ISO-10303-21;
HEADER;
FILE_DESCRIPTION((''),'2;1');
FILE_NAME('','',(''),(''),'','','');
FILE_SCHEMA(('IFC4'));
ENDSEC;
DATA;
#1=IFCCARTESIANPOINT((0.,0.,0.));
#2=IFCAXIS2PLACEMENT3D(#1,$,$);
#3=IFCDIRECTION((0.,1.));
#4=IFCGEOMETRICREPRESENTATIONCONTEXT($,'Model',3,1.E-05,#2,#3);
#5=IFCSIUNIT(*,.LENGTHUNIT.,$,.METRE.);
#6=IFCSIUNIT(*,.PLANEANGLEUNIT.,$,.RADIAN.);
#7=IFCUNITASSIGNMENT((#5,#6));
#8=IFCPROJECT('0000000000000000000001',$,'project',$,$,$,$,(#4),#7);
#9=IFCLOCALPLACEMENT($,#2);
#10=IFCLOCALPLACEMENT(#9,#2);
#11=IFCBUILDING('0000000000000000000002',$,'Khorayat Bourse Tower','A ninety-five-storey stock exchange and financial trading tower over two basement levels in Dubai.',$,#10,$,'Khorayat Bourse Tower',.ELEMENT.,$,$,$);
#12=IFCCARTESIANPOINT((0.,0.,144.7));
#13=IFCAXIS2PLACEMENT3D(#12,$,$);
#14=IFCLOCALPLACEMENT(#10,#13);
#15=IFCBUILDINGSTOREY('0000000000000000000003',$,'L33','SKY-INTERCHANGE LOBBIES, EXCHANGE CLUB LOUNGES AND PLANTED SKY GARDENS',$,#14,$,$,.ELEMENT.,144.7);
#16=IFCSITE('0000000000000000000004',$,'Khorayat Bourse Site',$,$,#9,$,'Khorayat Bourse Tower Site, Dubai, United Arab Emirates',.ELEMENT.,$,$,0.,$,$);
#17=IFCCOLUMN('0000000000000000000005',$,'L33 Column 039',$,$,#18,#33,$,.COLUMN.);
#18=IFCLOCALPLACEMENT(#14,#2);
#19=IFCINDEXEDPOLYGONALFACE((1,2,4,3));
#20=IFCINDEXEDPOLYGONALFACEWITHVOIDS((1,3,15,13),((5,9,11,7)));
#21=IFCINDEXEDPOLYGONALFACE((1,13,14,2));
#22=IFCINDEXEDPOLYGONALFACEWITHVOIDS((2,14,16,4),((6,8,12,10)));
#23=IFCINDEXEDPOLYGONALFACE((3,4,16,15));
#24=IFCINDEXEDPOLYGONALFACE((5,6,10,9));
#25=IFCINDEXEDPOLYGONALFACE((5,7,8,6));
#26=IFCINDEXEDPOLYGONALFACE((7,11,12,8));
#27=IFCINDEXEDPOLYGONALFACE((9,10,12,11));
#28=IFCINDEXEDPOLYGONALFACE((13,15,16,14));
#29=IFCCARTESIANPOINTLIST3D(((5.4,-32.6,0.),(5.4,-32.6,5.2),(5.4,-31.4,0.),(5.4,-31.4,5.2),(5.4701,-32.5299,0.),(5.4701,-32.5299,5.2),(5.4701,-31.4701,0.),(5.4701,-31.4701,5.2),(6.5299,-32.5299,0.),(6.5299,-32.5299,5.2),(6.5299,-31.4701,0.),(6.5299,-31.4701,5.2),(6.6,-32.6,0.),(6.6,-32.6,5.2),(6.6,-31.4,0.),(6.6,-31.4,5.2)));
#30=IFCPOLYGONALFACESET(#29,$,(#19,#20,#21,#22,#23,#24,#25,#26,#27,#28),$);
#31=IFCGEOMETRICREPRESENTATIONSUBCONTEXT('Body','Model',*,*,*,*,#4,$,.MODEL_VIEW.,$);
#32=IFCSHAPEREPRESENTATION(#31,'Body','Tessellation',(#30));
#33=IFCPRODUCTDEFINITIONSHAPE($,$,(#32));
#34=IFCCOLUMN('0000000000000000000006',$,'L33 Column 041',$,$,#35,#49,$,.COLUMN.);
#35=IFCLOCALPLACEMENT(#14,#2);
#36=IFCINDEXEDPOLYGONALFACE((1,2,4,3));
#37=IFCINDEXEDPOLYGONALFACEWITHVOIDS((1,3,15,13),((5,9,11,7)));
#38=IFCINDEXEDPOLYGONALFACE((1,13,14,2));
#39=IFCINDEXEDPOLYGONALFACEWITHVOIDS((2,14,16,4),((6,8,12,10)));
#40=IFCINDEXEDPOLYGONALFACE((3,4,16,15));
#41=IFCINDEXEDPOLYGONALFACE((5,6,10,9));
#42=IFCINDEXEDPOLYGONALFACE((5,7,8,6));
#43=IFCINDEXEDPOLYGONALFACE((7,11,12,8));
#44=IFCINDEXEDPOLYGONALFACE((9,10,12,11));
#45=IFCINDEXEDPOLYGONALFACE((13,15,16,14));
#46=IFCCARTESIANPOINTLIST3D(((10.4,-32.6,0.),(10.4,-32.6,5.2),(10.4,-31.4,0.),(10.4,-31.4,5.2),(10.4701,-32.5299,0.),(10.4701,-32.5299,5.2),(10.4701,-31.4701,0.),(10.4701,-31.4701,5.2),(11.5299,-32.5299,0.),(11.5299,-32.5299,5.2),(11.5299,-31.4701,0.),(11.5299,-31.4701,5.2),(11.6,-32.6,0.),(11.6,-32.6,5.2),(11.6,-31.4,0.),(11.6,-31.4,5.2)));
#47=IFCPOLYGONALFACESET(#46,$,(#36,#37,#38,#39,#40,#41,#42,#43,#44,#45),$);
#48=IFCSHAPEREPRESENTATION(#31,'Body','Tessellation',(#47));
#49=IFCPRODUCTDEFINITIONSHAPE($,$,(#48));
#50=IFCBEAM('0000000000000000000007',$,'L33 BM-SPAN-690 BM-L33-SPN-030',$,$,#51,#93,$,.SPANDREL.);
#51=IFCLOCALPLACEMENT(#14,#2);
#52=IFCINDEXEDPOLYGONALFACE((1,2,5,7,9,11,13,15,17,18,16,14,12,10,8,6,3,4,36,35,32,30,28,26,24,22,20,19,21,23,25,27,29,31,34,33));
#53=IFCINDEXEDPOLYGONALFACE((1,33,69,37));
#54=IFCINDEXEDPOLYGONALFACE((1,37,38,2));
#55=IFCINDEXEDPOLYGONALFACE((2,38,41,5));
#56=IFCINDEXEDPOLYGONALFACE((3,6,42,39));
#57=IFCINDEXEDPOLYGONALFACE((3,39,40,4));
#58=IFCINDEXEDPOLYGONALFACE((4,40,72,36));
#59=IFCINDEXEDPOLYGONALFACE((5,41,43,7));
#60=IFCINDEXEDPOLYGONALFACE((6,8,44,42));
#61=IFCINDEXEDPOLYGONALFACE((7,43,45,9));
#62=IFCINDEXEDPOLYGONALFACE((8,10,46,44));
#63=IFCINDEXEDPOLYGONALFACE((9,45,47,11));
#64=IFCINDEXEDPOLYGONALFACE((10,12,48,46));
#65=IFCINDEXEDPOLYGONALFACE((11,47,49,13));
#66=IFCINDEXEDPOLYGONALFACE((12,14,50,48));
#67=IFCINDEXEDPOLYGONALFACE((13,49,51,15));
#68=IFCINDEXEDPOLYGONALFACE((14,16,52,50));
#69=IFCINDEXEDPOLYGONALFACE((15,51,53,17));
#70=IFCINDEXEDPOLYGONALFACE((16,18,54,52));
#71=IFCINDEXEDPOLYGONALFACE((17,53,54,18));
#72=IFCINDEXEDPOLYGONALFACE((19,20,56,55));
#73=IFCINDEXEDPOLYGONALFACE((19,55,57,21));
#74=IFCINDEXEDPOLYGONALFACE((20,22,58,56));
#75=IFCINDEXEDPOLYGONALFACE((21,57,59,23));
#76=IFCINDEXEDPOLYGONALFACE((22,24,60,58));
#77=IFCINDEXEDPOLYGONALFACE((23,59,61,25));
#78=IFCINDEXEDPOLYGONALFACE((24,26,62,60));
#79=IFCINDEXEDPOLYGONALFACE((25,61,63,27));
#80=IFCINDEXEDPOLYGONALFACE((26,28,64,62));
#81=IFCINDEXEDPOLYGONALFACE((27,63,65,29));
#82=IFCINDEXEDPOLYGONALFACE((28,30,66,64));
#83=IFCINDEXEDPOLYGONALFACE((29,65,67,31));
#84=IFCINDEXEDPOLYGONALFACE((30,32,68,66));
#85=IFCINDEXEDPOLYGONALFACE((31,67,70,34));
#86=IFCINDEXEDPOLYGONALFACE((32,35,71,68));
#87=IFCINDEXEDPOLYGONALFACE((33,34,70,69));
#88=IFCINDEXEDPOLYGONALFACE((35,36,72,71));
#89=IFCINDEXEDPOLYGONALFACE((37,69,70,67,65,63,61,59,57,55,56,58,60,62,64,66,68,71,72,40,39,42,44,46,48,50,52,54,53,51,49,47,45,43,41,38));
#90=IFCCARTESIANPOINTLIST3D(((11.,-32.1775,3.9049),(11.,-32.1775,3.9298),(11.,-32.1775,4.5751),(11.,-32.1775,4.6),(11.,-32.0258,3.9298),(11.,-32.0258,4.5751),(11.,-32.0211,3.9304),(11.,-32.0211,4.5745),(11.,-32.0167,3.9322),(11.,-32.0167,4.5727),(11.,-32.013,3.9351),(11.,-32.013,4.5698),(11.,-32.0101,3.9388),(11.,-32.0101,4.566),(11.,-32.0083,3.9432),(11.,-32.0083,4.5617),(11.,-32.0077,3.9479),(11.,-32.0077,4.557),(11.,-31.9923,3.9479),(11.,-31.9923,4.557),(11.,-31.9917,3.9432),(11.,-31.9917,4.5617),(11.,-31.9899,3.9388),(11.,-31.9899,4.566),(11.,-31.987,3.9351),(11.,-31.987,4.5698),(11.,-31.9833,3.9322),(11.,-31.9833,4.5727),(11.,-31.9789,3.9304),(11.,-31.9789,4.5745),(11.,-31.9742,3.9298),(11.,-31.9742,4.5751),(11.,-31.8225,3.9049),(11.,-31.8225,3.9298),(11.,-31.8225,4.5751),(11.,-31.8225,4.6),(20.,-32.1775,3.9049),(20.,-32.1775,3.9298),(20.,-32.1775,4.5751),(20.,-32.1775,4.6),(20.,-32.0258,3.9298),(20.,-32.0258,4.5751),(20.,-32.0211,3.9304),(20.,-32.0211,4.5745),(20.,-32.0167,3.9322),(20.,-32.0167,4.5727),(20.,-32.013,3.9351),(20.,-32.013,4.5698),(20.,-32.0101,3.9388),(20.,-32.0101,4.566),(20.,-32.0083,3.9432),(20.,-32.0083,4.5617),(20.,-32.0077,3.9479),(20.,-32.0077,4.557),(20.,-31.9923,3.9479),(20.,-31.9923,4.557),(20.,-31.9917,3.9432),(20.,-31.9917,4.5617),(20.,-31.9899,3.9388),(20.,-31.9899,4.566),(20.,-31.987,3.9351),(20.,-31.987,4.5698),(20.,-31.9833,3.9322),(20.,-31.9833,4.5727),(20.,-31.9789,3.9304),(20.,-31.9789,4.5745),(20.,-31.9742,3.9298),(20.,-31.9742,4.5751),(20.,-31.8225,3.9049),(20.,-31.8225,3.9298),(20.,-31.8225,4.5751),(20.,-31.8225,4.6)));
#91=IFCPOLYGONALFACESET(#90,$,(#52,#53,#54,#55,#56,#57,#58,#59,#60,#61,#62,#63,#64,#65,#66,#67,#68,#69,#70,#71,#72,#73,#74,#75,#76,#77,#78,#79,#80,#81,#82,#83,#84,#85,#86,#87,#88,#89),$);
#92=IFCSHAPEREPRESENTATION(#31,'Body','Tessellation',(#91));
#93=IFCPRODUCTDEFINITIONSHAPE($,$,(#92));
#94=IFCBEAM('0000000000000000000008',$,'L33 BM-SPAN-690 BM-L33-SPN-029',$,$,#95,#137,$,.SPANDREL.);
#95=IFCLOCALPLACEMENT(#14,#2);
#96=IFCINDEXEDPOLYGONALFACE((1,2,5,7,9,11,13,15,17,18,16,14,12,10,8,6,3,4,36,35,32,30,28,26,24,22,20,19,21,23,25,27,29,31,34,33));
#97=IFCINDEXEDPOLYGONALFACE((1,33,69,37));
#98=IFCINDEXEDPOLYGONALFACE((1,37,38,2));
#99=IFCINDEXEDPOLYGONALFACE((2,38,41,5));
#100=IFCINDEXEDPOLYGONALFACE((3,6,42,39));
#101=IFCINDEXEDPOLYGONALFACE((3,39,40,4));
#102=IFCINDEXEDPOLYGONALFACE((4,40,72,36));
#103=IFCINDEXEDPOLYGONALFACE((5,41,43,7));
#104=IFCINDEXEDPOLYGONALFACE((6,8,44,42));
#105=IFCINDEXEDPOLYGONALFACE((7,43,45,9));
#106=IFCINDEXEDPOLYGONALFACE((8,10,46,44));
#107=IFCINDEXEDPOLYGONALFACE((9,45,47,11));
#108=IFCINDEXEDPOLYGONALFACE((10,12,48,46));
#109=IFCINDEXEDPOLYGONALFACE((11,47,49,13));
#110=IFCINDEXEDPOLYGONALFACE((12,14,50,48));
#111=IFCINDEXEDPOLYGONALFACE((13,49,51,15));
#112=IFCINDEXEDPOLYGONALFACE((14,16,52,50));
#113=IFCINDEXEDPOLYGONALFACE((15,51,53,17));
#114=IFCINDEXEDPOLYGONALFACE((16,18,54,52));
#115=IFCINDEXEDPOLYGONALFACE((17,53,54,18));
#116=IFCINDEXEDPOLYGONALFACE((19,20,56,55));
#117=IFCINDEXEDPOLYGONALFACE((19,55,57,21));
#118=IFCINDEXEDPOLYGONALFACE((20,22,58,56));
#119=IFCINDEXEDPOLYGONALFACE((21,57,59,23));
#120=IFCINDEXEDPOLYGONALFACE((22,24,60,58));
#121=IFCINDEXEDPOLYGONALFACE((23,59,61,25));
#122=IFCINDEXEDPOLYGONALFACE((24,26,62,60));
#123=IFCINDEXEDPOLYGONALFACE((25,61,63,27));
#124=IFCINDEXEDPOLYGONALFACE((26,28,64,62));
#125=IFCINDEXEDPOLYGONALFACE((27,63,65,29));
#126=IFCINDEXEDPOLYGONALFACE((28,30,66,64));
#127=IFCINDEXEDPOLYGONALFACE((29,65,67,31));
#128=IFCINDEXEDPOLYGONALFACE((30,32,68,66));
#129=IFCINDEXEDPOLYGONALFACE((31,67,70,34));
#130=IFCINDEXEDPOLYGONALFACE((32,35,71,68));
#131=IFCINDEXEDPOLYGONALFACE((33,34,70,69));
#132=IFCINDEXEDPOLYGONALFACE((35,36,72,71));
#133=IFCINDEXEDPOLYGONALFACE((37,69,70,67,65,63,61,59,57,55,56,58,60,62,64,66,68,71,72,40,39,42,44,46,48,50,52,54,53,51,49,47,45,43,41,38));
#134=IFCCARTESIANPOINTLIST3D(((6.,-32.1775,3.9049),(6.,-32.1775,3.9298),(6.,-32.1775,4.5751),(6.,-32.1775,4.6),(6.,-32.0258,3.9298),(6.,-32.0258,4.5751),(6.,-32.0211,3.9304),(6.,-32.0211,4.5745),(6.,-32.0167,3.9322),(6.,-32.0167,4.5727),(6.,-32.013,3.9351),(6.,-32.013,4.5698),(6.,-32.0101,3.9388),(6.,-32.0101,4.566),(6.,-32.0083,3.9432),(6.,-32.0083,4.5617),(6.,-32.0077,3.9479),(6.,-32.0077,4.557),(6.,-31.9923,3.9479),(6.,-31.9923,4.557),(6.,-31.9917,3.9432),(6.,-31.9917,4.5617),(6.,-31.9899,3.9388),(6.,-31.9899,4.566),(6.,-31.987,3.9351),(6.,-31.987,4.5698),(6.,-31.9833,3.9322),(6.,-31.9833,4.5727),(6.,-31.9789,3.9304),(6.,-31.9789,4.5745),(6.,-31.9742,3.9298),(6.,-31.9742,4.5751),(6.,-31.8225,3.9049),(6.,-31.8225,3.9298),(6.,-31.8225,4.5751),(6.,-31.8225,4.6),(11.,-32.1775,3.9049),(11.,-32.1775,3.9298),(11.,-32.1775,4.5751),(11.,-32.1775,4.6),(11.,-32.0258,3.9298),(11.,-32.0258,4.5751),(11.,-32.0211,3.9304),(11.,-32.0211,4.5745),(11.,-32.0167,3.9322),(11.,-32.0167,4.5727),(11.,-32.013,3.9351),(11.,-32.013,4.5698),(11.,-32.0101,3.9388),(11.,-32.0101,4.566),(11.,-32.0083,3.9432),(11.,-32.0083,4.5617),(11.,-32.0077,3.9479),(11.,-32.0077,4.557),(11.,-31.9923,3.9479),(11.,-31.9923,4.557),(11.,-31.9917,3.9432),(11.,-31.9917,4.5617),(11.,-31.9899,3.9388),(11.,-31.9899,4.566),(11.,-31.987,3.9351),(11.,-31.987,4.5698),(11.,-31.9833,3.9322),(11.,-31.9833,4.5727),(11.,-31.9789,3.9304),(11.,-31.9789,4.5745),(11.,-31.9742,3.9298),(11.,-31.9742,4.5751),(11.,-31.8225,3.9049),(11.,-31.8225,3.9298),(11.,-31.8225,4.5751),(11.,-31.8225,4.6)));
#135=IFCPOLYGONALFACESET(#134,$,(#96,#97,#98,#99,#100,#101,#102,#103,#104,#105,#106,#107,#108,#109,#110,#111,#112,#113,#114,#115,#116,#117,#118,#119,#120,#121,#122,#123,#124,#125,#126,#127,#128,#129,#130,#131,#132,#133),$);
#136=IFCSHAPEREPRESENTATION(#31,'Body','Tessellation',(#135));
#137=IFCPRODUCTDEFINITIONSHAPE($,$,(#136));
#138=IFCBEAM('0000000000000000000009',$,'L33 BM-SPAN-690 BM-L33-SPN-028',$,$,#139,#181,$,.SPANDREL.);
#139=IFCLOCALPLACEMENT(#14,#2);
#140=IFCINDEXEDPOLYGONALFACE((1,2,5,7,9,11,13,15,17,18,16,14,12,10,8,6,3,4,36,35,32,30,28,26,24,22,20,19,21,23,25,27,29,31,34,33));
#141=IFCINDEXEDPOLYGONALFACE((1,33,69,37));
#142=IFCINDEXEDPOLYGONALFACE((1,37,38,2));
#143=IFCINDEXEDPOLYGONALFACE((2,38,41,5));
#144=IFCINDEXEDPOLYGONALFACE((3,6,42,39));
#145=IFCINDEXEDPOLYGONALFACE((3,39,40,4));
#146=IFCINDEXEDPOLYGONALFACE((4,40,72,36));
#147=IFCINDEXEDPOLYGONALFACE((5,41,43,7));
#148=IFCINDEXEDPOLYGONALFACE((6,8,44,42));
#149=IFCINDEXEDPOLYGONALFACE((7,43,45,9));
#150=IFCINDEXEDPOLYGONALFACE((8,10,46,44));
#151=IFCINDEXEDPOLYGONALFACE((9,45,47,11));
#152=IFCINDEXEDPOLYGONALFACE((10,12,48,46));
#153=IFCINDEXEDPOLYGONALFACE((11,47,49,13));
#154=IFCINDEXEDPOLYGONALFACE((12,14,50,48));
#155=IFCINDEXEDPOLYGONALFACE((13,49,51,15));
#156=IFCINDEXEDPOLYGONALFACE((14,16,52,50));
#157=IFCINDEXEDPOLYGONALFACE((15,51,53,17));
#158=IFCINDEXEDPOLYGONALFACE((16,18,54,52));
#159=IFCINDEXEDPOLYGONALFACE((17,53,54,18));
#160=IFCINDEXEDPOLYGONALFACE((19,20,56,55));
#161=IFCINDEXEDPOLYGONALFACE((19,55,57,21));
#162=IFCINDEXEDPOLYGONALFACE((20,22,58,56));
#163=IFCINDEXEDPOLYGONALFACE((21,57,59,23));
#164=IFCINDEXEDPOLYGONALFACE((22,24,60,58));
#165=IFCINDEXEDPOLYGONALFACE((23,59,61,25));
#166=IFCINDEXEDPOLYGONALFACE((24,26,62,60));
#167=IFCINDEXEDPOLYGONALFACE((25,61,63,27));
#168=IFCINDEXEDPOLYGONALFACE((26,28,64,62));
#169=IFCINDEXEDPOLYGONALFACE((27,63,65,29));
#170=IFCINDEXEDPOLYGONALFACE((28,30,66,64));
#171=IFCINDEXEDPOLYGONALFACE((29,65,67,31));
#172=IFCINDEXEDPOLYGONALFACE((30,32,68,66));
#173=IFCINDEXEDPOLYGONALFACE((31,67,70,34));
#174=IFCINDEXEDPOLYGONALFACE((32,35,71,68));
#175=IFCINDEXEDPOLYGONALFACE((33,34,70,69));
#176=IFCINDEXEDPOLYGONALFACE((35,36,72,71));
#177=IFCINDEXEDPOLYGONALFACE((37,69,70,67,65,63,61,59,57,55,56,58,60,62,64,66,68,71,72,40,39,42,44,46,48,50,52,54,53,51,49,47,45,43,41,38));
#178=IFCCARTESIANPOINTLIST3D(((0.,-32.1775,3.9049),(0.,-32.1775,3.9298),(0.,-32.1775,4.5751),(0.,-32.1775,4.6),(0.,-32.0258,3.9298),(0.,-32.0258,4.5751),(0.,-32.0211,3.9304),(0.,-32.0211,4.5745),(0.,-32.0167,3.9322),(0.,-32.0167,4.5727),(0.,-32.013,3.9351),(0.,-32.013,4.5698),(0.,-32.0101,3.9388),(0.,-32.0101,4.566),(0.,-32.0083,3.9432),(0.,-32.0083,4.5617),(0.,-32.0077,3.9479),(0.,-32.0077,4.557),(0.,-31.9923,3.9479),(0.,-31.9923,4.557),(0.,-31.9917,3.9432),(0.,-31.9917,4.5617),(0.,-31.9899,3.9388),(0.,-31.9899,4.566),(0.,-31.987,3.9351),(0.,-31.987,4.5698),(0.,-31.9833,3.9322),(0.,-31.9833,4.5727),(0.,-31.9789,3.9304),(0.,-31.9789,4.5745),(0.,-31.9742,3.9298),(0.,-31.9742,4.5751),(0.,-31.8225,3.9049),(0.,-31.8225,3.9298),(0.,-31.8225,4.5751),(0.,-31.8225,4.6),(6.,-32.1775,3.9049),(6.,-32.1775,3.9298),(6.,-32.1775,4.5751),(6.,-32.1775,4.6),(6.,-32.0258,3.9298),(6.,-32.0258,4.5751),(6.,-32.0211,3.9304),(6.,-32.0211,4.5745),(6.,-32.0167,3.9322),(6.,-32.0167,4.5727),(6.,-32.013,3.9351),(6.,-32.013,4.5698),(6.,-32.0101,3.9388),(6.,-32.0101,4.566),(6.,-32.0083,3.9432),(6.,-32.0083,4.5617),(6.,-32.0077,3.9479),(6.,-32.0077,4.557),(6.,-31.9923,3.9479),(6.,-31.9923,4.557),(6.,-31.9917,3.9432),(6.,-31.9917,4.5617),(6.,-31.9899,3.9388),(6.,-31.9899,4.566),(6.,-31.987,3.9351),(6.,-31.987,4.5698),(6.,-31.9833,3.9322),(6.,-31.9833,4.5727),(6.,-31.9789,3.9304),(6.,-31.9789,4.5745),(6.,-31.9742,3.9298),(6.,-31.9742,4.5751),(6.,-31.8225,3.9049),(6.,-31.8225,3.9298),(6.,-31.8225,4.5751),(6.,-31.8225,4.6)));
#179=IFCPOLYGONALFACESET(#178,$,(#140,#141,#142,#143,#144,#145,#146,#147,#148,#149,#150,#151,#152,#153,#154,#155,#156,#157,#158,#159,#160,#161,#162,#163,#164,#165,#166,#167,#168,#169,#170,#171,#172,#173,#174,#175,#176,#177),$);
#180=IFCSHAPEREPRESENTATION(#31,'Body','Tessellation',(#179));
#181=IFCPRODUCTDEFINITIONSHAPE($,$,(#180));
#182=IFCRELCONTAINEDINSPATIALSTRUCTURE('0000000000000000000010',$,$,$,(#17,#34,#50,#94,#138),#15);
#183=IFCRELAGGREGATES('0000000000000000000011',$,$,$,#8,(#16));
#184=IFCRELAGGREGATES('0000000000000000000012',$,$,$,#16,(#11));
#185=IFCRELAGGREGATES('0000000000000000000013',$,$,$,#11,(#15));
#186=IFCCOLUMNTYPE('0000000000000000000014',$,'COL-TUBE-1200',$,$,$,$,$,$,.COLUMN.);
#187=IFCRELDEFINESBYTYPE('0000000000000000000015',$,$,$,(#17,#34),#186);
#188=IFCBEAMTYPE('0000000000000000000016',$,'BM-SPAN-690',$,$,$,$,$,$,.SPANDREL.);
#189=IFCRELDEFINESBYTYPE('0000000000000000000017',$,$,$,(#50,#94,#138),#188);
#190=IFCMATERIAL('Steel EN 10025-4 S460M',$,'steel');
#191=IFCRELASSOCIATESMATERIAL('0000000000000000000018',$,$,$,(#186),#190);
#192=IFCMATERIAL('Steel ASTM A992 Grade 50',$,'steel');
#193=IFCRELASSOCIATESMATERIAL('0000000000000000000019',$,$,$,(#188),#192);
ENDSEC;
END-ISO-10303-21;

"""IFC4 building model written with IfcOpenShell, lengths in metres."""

from ifc_helpers import new_model, si_unit, direction, frame, origin, origin_2d, place, context, subcontext, project, spatial, hollow_rectangle, i_section, extrude, source, transform, mapped, material, material_profile, profile_set, type_object, element, save


model = new_model("IFC4")

# Units and contexts
model_context = context("Model", 3, precision=1e-05, world=origin(), true_north=direction((0.0, 1.0)))
body_context = subcontext(model_context, "Body", "Model", "MODEL_VIEW")
ifc_project = project(units=[si_unit("LENGTHUNIT", "METRE"), si_unit("PLANEANGLEUNIT", "RADIAN")], contexts=[model_context])

# Site, building, storey
site_placement = place(None, origin())
site = spatial("IfcSite", under=ifc_project, at=site_placement, Name="Khorayat Bourse Site", LongName="Khorayat Bourse Tower Site, Dubai, United Arab Emirates", CompositionType="ELEMENT", RefElevation=0.0)
building_placement = place(site_placement, origin())
building = spatial("IfcBuilding", under=site, at=building_placement, Name="Khorayat Bourse Tower", Description="A ninety-five-storey stock exchange and financial trading tower over two basement levels in Dubai.", LongName="Khorayat Bourse Tower", CompositionType="ELEMENT")
storey_placement = place(building_placement, frame((0.0, 0.0, 144.7)))
storey = spatial("IfcBuildingStorey", under=building, at=storey_placement, Name="L33", Description="SKY-INTERCHANGE LOBBIES, EXCHANGE CLUB LOUNGES AND PLANTED SKY GARDENS", CompositionType="ELEMENT", Elevation=144.7)

# Columns
ifc_material_1 = material(Name="Steel EN 10025-4 S460M", Category="steel")
ifc_material_profile_1 = material_profile(ifc_material_1, hollow_rectangle(XDim=1.2, YDim=1.2, WallThickness=0.0701, at=origin_2d()), Name="BOX 1200x1200x70")
ifc_profile_set_1 = profile_set([ifc_material_profile_1], Name="Steel EN 10025-4 S460M")
column_type = type_object("IfcColumnType", Name="COL-TUBE-1200", PredefinedType="COLUMN", material=ifc_profile_set_1)
shared_shape_1 = source(origin(), body_context, "Body", "SweptSolid", [
    extrude(hollow_rectangle(XDim=1.2, YDim=1.2, WallThickness=0.0701, at=origin_2d()), origin(), (0.0, 0.0, 1.0), 5.2),
])
for number, where, z_axis, x_axis, name in (
    (1, (6.0, -32.0, 0.0), (0.0, 0.0, 1.0), (1.0, 0.0, 0.0), "L33 Column 039"),
    (2, (11.0, -32.0, 0.0), (0.0, 0.0, 1.0), (1.0, 0.0, 0.0), "L33 Column 041"),
):
    element("IfcColumn", number, at=place(storey_placement, frame(where, z_axis=z_axis, x_axis=x_axis)), inside=storey, type_object=column_type, Name=name, PredefinedType="COLUMN", context=body_context, shape_type="MappedRepresentation", body=[
        mapped(shared_shape_1, transform((0.0, 0.0, 0.0), scale=1.0)),
    ])

# Beams
ifc_material_2 = material(Name="Steel ASTM A992 Grade 50", Category="steel")
ifc_material_profile_2 = material_profile(ifc_material_2, i_section(OverallWidth=0.355, OverallDepth=0.6951, WebThickness=0.0154, FlangeThickness=0.0249, FilletRadius=0.0181, at=origin_2d()), Name="W690X217")
ifc_profile_set_2 = profile_set([ifc_material_profile_2], Name="Steel ASTM A992 Grade 50")
beam_type_1 = type_object("IfcBeamType", Name="BM-SPAN-690", PredefinedType="SPANDREL", material=ifc_profile_set_2)
shared_shape_2 = source(origin(), body_context, "Body", "SweptSolid", [
    extrude(i_section(OverallWidth=0.355, OverallDepth=0.6951, WebThickness=0.0154, FlangeThickness=0.0249, FilletRadius=0.0181, at=origin_2d()), origin(), (0.0, 0.0, 1.0), 9.0),
])
beam_1_placement = place(storey_placement, frame((11.0, -32.0, 4.2524), z_axis=(1.0, 0.0, 0.0), x_axis=(0.0, 1.0, 0.0)))
element("IfcBeam", 3, at=beam_1_placement, inside=storey, type_object=beam_type_1, Name="L33 BM-SPAN-690 BM-L33-SPN-030", PredefinedType="SPANDREL", context=body_context, shape_type="MappedRepresentation", body=[
    mapped(shared_shape_2, transform((0.0, 0.0, 0.0), scale=1.0)),
])
shared_shape_3 = source(origin(), body_context, "Body", "SweptSolid", [
    extrude(i_section(OverallWidth=0.355, OverallDepth=0.6951, WebThickness=0.0154, FlangeThickness=0.0249, FilletRadius=0.0181, at=origin_2d()), origin(), (0.0, 0.0, 1.0), 5.0),
])
beam_2_placement = place(storey_placement, frame((6.0, -32.0, 4.2524), z_axis=(1.0, 0.0, 0.0), x_axis=(0.0, 1.0, 0.0)))
element("IfcBeam", 4, at=beam_2_placement, inside=storey, type_object=beam_type_1, Name="L33 BM-SPAN-690 BM-L33-SPN-029", PredefinedType="SPANDREL", context=body_context, shape_type="MappedRepresentation", body=[
    mapped(shared_shape_3, transform((0.0, 0.0, 0.0), scale=1.0)),
])
shared_shape_4 = source(origin(), body_context, "Body", "SweptSolid", [
    extrude(i_section(OverallWidth=0.355, OverallDepth=0.6951, WebThickness=0.0154, FlangeThickness=0.0249, FilletRadius=0.0181, at=origin_2d()), origin(), (0.0, 0.0, 1.0), 6.0),
])
beam_3_placement = place(storey_placement, frame((0.0, -32.0, 4.2524), z_axis=(1.0, 0.0, 0.0), x_axis=(0.0, 1.0, 0.0)))
element("IfcBeam", 5, at=beam_3_placement, inside=storey, type_object=beam_type_1, Name="L33 BM-SPAN-690 BM-L33-SPN-028", PredefinedType="SPANDREL", context=body_context, shape_type="MappedRepresentation", body=[
    mapped(shared_shape_4, transform((0.0, 0.0, 0.0), scale=1.0)),
])

save(model, "model.ifc")
